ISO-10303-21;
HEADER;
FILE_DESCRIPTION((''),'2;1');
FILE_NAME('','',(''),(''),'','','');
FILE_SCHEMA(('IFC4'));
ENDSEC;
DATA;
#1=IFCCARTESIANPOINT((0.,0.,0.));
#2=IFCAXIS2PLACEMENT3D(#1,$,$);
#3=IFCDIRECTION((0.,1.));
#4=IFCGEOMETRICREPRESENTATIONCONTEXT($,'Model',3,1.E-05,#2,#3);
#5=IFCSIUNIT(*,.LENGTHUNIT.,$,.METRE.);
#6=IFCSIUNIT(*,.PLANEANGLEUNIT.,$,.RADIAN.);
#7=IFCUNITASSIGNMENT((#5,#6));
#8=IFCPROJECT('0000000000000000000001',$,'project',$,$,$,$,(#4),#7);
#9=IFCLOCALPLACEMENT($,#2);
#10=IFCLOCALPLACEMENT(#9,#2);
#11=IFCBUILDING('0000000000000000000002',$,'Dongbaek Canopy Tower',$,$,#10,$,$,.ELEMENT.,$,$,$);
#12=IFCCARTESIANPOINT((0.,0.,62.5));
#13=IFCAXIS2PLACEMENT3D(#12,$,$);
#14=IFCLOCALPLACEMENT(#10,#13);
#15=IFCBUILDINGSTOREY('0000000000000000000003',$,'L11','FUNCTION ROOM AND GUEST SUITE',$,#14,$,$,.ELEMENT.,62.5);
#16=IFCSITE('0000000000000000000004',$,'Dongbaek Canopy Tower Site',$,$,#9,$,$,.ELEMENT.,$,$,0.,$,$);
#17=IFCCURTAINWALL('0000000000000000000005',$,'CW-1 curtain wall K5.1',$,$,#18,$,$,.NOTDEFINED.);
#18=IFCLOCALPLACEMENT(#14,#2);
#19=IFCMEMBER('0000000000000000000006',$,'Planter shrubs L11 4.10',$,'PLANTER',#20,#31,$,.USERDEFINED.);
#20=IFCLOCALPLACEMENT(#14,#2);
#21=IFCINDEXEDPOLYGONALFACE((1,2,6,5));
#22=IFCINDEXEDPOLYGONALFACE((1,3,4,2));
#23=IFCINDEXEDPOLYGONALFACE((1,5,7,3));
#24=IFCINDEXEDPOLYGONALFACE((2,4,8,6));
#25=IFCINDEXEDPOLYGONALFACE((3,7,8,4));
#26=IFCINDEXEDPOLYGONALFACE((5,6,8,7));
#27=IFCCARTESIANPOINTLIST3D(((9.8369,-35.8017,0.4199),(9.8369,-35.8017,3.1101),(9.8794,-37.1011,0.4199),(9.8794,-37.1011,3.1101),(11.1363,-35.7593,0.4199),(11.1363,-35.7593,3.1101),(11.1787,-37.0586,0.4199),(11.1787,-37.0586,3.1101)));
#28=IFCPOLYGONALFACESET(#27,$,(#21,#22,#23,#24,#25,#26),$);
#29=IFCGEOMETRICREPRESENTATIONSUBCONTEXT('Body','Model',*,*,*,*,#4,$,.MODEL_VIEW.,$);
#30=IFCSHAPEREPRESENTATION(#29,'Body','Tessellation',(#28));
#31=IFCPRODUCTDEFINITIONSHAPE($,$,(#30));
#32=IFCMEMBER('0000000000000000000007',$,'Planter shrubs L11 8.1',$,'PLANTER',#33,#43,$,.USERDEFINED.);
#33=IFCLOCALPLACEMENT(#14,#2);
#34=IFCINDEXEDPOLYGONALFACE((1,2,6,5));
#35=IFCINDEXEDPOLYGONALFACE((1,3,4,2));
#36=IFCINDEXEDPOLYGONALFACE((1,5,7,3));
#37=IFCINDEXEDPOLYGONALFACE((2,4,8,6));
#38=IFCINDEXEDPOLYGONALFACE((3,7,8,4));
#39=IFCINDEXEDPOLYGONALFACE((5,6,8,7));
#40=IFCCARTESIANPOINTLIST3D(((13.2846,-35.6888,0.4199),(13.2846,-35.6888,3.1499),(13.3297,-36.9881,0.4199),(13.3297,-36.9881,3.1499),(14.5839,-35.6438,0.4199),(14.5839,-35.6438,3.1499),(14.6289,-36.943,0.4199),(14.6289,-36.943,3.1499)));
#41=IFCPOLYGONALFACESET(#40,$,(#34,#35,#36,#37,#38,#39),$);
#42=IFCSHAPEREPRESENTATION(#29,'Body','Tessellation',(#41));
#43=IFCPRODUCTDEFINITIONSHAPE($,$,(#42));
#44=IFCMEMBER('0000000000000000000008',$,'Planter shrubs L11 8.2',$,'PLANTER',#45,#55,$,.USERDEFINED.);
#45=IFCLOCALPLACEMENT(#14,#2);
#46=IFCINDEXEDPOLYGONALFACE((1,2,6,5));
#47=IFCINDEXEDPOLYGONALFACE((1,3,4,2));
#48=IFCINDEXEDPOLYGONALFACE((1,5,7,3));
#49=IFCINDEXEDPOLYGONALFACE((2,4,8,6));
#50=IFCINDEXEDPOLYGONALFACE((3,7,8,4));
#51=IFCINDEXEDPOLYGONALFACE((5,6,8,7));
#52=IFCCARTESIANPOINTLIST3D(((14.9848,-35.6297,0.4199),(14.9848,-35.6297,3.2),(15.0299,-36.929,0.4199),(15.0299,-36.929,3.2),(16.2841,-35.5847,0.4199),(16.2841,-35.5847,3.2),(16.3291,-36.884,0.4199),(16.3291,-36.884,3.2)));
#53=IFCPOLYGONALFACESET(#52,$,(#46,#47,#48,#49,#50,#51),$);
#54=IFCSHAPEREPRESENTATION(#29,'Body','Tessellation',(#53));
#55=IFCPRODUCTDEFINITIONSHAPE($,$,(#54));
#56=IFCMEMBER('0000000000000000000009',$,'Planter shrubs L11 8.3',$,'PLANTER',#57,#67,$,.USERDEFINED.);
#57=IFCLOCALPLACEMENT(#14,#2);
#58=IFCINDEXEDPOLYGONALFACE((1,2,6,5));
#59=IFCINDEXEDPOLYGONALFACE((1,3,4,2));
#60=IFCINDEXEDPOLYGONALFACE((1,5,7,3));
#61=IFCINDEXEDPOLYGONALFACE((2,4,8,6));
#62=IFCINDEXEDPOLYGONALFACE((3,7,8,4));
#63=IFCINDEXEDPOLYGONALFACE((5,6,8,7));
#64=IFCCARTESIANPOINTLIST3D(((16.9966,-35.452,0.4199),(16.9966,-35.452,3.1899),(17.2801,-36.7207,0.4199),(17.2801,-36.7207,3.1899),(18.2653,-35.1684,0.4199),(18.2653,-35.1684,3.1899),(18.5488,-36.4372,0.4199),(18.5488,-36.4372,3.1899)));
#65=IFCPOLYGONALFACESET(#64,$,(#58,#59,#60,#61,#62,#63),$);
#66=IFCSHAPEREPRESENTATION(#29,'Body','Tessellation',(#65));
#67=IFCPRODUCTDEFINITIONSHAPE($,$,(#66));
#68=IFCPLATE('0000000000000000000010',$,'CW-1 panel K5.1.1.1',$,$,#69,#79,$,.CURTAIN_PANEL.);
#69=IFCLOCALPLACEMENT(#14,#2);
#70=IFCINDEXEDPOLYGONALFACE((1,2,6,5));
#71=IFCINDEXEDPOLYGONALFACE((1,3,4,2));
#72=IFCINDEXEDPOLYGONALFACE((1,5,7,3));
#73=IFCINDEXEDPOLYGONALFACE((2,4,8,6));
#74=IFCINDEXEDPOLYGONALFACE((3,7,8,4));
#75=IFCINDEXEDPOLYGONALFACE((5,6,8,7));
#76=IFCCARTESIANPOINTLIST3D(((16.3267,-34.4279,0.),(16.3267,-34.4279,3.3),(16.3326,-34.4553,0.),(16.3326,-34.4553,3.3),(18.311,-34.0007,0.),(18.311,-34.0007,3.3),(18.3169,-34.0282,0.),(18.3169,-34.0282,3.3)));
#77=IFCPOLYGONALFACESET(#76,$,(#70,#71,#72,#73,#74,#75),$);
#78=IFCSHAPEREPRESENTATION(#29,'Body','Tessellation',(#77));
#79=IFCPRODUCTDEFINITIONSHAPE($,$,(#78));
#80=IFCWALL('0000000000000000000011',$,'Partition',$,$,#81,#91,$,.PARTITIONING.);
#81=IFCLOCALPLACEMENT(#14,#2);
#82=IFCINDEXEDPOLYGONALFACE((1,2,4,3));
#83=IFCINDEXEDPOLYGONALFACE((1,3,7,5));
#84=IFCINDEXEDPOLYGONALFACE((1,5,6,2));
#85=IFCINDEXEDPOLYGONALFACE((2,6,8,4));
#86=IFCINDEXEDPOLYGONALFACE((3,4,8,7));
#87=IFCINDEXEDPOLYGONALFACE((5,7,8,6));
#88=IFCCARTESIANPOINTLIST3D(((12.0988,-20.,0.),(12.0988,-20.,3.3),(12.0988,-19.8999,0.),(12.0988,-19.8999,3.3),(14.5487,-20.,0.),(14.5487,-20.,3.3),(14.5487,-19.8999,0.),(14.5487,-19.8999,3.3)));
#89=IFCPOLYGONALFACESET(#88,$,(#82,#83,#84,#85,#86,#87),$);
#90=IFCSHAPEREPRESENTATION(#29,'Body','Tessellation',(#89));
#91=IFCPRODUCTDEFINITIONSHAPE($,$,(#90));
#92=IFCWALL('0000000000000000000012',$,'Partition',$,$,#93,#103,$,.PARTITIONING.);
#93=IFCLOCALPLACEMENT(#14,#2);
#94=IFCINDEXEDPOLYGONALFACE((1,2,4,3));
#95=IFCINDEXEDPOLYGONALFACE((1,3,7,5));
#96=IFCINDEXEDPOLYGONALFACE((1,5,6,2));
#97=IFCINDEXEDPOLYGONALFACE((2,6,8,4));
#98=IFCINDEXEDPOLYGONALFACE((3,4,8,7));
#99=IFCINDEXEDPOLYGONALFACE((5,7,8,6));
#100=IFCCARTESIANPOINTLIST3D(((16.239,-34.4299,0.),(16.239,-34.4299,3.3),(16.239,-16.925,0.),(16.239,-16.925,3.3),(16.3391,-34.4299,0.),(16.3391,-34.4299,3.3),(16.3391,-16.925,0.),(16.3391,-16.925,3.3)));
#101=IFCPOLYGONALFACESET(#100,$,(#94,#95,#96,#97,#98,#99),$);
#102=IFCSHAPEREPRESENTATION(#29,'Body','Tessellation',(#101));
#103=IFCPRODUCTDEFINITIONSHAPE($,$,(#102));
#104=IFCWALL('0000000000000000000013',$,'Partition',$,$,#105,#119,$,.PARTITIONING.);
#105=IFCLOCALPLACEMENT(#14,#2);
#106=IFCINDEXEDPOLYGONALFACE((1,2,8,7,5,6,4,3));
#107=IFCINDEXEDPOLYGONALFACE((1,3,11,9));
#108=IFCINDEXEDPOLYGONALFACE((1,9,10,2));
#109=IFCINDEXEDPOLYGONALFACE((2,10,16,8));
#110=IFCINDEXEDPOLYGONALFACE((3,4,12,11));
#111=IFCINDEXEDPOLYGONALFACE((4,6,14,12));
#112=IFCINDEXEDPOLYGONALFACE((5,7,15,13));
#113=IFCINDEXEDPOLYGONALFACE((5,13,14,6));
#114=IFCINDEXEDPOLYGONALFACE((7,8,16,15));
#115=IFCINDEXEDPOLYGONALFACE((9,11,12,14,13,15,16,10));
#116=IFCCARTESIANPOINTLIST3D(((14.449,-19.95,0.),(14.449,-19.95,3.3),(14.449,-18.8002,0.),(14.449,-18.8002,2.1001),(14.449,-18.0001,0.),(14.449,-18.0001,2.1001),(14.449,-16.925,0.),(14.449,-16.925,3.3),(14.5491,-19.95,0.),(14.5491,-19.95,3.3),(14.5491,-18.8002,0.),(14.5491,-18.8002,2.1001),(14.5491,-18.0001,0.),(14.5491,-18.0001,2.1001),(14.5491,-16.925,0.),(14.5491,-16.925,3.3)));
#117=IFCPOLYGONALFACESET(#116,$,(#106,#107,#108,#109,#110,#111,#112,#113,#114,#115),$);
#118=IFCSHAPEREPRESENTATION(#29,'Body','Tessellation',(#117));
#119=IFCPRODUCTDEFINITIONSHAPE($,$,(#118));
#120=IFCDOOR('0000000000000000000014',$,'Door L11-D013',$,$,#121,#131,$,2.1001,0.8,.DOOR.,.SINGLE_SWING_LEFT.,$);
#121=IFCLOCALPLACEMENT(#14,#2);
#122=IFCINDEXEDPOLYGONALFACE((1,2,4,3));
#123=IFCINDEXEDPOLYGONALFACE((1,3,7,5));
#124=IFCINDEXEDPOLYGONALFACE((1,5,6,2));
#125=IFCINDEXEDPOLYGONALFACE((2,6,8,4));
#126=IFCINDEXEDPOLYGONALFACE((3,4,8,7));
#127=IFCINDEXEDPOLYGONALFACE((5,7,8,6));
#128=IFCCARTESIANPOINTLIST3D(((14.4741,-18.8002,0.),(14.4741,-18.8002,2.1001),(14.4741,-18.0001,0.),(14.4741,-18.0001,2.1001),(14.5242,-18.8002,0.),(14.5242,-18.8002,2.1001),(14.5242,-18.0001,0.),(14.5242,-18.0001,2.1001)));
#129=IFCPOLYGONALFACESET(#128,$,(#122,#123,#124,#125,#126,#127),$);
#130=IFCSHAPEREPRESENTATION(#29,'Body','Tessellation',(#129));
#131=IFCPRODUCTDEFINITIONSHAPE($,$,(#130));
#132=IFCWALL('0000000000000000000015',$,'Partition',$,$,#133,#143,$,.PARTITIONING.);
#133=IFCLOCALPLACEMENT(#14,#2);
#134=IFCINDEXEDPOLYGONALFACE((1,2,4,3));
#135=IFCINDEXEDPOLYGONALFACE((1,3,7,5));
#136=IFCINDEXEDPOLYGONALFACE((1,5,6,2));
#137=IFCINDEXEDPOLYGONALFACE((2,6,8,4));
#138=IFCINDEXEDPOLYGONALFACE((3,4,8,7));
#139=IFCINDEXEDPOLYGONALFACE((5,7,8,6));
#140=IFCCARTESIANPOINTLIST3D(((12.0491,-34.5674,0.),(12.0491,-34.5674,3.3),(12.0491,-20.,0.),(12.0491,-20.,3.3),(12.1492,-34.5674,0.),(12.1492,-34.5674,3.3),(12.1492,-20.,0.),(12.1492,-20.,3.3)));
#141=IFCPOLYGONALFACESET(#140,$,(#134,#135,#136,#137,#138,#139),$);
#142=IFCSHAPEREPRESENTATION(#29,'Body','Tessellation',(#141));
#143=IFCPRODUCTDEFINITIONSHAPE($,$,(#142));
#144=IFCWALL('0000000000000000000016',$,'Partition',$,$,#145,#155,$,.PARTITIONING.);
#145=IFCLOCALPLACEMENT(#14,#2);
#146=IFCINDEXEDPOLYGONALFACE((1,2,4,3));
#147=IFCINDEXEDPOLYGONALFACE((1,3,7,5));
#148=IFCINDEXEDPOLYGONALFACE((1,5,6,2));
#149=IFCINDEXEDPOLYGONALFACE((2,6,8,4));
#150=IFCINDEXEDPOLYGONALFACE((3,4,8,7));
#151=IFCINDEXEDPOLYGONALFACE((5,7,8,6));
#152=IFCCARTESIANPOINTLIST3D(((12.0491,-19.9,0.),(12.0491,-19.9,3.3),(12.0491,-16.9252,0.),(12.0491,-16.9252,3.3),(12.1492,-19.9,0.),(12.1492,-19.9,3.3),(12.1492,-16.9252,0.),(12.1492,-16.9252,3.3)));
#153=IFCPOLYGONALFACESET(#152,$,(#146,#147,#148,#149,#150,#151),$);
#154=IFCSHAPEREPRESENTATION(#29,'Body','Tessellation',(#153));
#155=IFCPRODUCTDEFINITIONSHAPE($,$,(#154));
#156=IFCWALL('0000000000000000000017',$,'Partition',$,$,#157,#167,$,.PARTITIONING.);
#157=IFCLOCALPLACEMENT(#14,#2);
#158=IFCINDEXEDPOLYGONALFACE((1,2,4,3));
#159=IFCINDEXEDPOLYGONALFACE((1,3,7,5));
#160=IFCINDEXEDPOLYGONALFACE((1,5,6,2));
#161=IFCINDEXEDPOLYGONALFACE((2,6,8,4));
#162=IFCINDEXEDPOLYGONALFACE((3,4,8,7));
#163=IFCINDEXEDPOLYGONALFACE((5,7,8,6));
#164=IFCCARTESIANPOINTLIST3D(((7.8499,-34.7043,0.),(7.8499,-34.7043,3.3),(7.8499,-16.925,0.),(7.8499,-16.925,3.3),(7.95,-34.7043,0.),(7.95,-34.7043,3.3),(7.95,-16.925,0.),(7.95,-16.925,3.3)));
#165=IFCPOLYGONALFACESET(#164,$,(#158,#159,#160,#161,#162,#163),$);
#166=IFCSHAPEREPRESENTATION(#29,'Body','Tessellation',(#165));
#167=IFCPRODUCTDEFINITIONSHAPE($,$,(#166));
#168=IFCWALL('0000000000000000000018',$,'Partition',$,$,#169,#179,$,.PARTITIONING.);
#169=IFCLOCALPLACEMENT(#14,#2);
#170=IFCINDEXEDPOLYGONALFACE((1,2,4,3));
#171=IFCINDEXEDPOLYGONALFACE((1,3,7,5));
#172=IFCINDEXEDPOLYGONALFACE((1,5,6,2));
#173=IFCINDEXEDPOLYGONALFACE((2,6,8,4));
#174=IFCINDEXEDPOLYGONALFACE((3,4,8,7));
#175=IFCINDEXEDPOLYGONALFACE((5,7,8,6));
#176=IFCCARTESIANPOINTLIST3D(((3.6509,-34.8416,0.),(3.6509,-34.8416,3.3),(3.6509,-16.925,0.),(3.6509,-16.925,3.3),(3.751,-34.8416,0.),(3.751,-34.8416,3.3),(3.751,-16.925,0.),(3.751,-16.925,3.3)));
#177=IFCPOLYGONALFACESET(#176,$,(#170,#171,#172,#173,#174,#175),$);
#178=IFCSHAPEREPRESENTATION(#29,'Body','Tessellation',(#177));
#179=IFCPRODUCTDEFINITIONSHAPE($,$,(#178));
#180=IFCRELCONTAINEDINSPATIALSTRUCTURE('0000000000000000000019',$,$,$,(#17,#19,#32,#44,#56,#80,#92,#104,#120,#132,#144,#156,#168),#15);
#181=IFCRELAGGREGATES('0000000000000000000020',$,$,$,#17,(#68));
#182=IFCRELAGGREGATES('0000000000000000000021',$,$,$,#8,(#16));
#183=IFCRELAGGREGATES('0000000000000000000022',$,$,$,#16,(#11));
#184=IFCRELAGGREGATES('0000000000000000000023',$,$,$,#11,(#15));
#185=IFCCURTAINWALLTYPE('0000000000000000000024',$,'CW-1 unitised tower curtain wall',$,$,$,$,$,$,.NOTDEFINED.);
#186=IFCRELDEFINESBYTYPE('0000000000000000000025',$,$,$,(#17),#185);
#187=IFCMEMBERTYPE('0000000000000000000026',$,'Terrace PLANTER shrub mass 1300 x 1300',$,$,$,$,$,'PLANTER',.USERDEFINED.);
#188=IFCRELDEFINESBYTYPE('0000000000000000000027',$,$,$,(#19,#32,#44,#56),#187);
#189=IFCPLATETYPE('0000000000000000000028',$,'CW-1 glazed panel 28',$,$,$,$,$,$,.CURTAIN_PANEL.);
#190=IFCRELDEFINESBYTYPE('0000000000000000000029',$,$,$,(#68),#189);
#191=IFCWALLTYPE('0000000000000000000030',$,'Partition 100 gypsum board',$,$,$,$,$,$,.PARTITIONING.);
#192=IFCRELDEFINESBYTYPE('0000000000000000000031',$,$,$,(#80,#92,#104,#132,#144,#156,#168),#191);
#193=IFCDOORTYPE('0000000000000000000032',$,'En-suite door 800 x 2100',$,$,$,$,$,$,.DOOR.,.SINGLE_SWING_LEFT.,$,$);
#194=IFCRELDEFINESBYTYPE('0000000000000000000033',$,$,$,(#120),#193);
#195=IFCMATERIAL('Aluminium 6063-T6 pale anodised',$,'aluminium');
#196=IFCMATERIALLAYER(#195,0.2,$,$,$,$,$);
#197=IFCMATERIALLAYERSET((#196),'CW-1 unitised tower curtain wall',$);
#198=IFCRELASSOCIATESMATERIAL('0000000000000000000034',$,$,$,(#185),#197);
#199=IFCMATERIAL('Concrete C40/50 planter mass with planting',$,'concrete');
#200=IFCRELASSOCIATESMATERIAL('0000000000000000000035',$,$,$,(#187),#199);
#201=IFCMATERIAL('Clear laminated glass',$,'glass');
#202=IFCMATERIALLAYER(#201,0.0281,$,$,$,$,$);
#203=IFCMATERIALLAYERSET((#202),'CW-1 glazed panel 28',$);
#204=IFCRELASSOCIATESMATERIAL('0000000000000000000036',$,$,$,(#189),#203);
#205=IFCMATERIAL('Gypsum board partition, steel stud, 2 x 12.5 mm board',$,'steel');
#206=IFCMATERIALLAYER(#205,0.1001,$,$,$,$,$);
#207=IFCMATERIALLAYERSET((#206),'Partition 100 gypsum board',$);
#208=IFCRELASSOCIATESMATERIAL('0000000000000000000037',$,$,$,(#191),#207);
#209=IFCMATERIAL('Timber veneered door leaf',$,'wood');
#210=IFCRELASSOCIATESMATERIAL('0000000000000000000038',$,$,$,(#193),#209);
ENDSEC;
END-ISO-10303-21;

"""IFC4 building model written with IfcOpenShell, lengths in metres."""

from ifc_helpers import new_model, si_unit, direction, frame, frame_2d, origin, origin_2d, place, context, subcontext, project, spatial, rectangle, extrude, material, layer, layer_set, material_profile, profile_set, type_object, element, fill, aggregate, save


model = new_model("IFC4")

# Units and contexts
model_context = context("Model", 3, precision=1e-05, world=origin(), true_north=direction((0.0, 1.0)))
body_context = subcontext(model_context, "Body", "Model", "MODEL_VIEW")
ifc_project = project(units=[si_unit("LENGTHUNIT", "METRE"), si_unit("PLANEANGLEUNIT", "RADIAN")], contexts=[model_context])

# Site, building, storey
site_placement = place(None, origin())
site = spatial("IfcSite", under=ifc_project, at=site_placement, Name="Dongbaek Canopy Tower Site", CompositionType="ELEMENT", RefElevation=0.0)
building_placement = place(site_placement, origin())
building = spatial("IfcBuilding", under=site, at=building_placement, Name="Dongbaek Canopy Tower", CompositionType="ELEMENT")
storey_placement = place(building_placement, frame((0.0, 0.0, 62.5)))
storey = spatial("IfcBuildingStorey", under=building, at=storey_placement, Name="L11", Description="FUNCTION ROOM AND GUEST SUITE", CompositionType="ELEMENT", Elevation=62.5)

# Curtain wall
ifc_material_1 = material(Name="Aluminium 6063-T6 pale anodised", Category="aluminium")
ifc_layer_1 = layer(ifc_material_1, 0.2)
ifc_layer_set_1 = layer_set([ifc_layer_1], Name="CW-1 unitised tower curtain wall")
curtain_wall_type = type_object("IfcCurtainWallType", Name="CW-1 unitised tower curtain wall", PredefinedType="NOTDEFINED", material=ifc_layer_set_1)
curtain_wall_placement = place(storey_placement, origin())
curtain_wall = element("IfcCurtainWall", 1, at=curtain_wall_placement, inside=storey, type_object=curtain_wall_type, Name="CW-1 curtain wall K5.1", PredefinedType="NOTDEFINED")

# Members
ifc_material_2 = material(Name="Concrete C40/50 planter mass with planting", Category="concrete")
ifc_material_profile_1 = material_profile(ifc_material_2, rectangle(XDim=1.3, YDim=1.3, at=origin_2d()), Name="Terrace PLANTER shrub mass 1300 x 1300")
ifc_profile_set_1 = profile_set([ifc_material_profile_1], Name="Concrete C40/50 planter mass with planting")
member_type_1 = type_object("IfcMemberType", Name="Terrace PLANTER shrub mass 1300 x 1300", ElementType="PLANTER", PredefinedType="USERDEFINED", material=ifc_profile_set_1)
member_1_placement = place(storey_placement, frame((10.5078, -36.4302, 0.4199), z_axis=(0.0, 0.0, 1.0), x_axis=(0.032646, -0.999467, 0.0)))
element("IfcMember", 2, at=member_1_placement, inside=storey, type_object=member_type_1, Name="Planter shrubs L11 4.10", ObjectType="PLANTER", PredefinedType="USERDEFINED", context=body_context, shape_type="SweptSolid", body=[
    extrude(rectangle(XDim=1.3, YDim=1.3, at=origin_2d()), origin(), (0.0, 0.0, 1.0), 2.6902),
])
member_2_placement = place(storey_placement, frame((13.9568, -36.3159, 0.4199), z_axis=(0.0, 0.0, 1.0), x_axis=(0.034641, -0.9994, 0.0)))
element("IfcMember", 3, at=member_2_placement, inside=storey, type_object=member_type_1, Name="Planter shrubs L11 8.1", ObjectType="PLANTER", PredefinedType="USERDEFINED", context=body_context, shape_type="SweptSolid", body=[
    extrude(rectangle(XDim=1.3, YDim=1.3, at=origin_2d()), origin(), (0.0, 0.0, 1.0), 2.73),
])
member_3_placement = place(storey_placement, frame((15.657, -36.2568, 0.4199), z_axis=(0.0, 0.0, 1.0), x_axis=(0.034641, -0.9994, 0.0)))
element("IfcMember", 4, at=member_3_placement, inside=storey, type_object=member_type_1, Name="Planter shrubs L11 8.2", ObjectType="PLANTER", PredefinedType="USERDEFINED", context=body_context, shape_type="SweptSolid", body=[
    extrude(rectangle(XDim=1.3, YDim=1.3, at=origin_2d()), origin(), (0.0, 0.0, 1.0), 2.78),
])
member_4_placement = place(storey_placement, frame((17.7727, -35.9446, 0.4199), z_axis=(0.0, 0.0, 1.0), x_axis=(0.218088, -0.975929, 0.0)))
element("IfcMember", 5, at=member_4_placement, inside=storey, type_object=member_type_1, Name="Planter shrubs L11 8.3", ObjectType="PLANTER", PredefinedType="USERDEFINED", context=body_context, shape_type="SweptSolid", body=[
    extrude(rectangle(XDim=1.3, YDim=1.3, at=origin_2d()), origin(), (0.0, 0.0, 1.0), 2.77),
])

# Plate
ifc_material_3 = material(Name="Clear laminated glass", Category="glass")
ifc_layer_2 = layer(ifc_material_3, 0.0281)
ifc_layer_set_2 = layer_set([ifc_layer_2], Name="CW-1 glazed panel 28")
plate_type = type_object("IfcPlateType", Name="CW-1 glazed panel 28", PredefinedType="CURTAIN_PANEL", material=ifc_layer_set_2)
plate_placement = place(storey_placement, frame((17.3218, -34.228, 0.0), z_axis=(0.0, 0.0, 1.0), x_axis=(0.977608, 0.210435, 0.0)))
plate = element("IfcPlate", 6, at=plate_placement, type_object=plate_type, Name="CW-1 panel K5.1.1.1", PredefinedType="CURTAIN_PANEL", context=body_context, shape_type="SweptSolid", body=[
    extrude(rectangle(XDim=2.0298, YDim=0.0281, at=origin_2d()), origin(), (0.0, 0.0, 1.0), 3.3),
])
aggregate(curtain_wall, [plate])

# Walls
ifc_material_4 = material(Name="Gypsum board partition, steel stud, 2 x 12.5 mm board", Category="steel")
ifc_layer_3 = layer(ifc_material_4, 0.1001)
ifc_layer_set_3 = layer_set([ifc_layer_3], Name="Partition 100 gypsum board")
wall_type_1 = type_object("IfcWallType", Name="Partition 100 gypsum board", PredefinedType="PARTITIONING", material=ifc_layer_set_3)
wall_1_placement = place(storey_placement, frame((12.0986, -19.95, 0.0), z_axis=(0.0, 0.0, 1.0), x_axis=(1.0, 0.0, 0.0)))
element("IfcWall", 7, at=wall_1_placement, inside=storey, type_object=wall_type_1, Name="Partition", PredefinedType="PARTITIONING", context=body_context, shape_type="SweptSolid", body=[
    extrude(rectangle(XDim=2.45, YDim=0.1001, at=frame_2d((1.2251, 0.0))), origin(), (0.0, 0.0, 1.0), 3.3),
])
wall_2_placement = place(storey_placement, frame((16.2891, -34.4299, 0.0), z_axis=(0.0, 0.0, 1.0), x_axis=(0.0, 1.0, 0.0)))
element("IfcWall", 8, at=wall_2_placement, inside=storey, type_object=wall_type_1, Name="Partition", PredefinedType="PARTITIONING", context=body_context, shape_type="SweptSolid", body=[
    extrude(rectangle(XDim=17.5049, YDim=0.1001, at=frame_2d((8.7524, 0.0))), origin(), (0.0, 0.0, 1.0), 3.3),
])

# Wall, opening, door
wall_3_placement = place(storey_placement, frame((14.499, -19.95, 0.0), z_axis=(0.0, 0.0, 1.0), x_axis=(0.0, 1.0, 0.0)))
wall_3 = element("IfcWall", 9, at=wall_3_placement, inside=storey, type_object=wall_type_1, Name="Partition", PredefinedType="PARTITIONING", context=body_context, shape_type="SweptSolid", body=[
    extrude(rectangle(XDim=3.0249, YDim=0.1001, at=frame_2d((1.5125, 0.0))), origin(), (0.0, 0.0, 1.0), 3.3),
])
opening_1_placement = place(wall_3_placement, frame((1.1499, 0.0, 0.0)))
opening_1 = element("IfcOpeningElement", 10, at=opening_1_placement, cuts=wall_3, PredefinedType="OPENING", context=body_context, shape_type="SweptSolid", body=[
    extrude(rectangle(XDim=0.8, YDim=2.1001, at=frame_2d((0.3999, 1.05))), frame((0.0, 0.0601, 0.0), z_axis=(0.0, -1.0, 0.0), x_axis=(1.0, 0.0, 0.0)), (0.0, 0.0, 1.0), 0.1201),
])
ifc_material_5 = material(Name="Timber veneered door leaf", Category="wood")
door_type_1 = type_object("IfcDoorType", Name="En-suite door 800 x 2100", OperationType="SINGLE_SWING_LEFT", PredefinedType="DOOR", material=ifc_material_5)
door_1_placement = place(opening_1_placement, origin())
door_1 = element("IfcDoor", 11, at=door_1_placement, inside=storey, type_object=door_type_1, Name="Door L11-D013", OperationType="SINGLE_SWING_LEFT", OverallHeight=2.1001, OverallWidth=0.8, PredefinedType="DOOR", context=body_context, shape_type="SweptSolid", body=[
    extrude(rectangle(XDim=0.8, YDim=2.1001, at=frame_2d((0.3999, 1.05))), frame((0.0, 0.0249, 0.0), z_axis=(0.0, -1.0, 0.0), x_axis=(1.0, 0.0, 0.0)), (0.0, 0.0, 1.0), 0.05),
])
fill(opening_1, door_1)

# Walls
wall_4_placement = place(storey_placement, frame((12.0991, -34.5674, 0.0), z_axis=(0.0, 0.0, 1.0), x_axis=(0.0, 1.0, 0.0)))
element("IfcWall", 12, at=wall_4_placement, inside=storey, type_object=wall_type_1, Name="Partition", PredefinedType="PARTITIONING", context=body_context, shape_type="SweptSolid", body=[
    extrude(rectangle(XDim=14.5674, YDim=0.1001, at=frame_2d((7.2837, 0.0))), origin(), (0.0, 0.0, 1.0), 3.3),
])
wall_5_placement = place(storey_placement, frame((12.0991, -19.8999, 0.0), z_axis=(0.0, 0.0, 1.0), x_axis=(0.0, 1.0, 0.0)))
element("IfcWall", 13, at=wall_5_placement, inside=storey, type_object=wall_type_1, Name="Partition", PredefinedType="PARTITIONING", context=body_context, shape_type="SweptSolid", body=[
    extrude(rectangle(XDim=2.9749, YDim=0.1001, at=frame_2d((1.4873, 0.0))), origin(), (0.0, 0.0, 1.0), 3.3),
])
wall_6_placement = place(storey_placement, frame((7.8999, -34.7043, 0.0), z_axis=(0.0, 0.0, 1.0), x_axis=(0.0, 1.0, 0.0)))
element("IfcWall", 14, at=wall_6_placement, inside=storey, type_object=wall_type_1, Name="Partition", PredefinedType="PARTITIONING", context=body_context, shape_type="SweptSolid", body=[
    extrude(rectangle(XDim=17.7793, YDim=0.1001, at=frame_2d((8.8896, 0.0))), origin(), (0.0, 0.0, 1.0), 3.3),
])
wall_7_placement = place(storey_placement, frame((3.7009, -34.8416, 0.0), z_axis=(0.0, 0.0, 1.0), x_axis=(0.0, 1.0, 0.0)))
element("IfcWall", 15, at=wall_7_placement, inside=storey, type_object=wall_type_1, Name="Partition", PredefinedType="PARTITIONING", context=body_context, shape_type="SweptSolid", body=[
    extrude(rectangle(XDim=17.9165, YDim=0.1001, at=frame_2d((8.9583, 0.0))), origin(), (0.0, 0.0, 1.0), 3.3),
])

save(model, "model.ifc")
